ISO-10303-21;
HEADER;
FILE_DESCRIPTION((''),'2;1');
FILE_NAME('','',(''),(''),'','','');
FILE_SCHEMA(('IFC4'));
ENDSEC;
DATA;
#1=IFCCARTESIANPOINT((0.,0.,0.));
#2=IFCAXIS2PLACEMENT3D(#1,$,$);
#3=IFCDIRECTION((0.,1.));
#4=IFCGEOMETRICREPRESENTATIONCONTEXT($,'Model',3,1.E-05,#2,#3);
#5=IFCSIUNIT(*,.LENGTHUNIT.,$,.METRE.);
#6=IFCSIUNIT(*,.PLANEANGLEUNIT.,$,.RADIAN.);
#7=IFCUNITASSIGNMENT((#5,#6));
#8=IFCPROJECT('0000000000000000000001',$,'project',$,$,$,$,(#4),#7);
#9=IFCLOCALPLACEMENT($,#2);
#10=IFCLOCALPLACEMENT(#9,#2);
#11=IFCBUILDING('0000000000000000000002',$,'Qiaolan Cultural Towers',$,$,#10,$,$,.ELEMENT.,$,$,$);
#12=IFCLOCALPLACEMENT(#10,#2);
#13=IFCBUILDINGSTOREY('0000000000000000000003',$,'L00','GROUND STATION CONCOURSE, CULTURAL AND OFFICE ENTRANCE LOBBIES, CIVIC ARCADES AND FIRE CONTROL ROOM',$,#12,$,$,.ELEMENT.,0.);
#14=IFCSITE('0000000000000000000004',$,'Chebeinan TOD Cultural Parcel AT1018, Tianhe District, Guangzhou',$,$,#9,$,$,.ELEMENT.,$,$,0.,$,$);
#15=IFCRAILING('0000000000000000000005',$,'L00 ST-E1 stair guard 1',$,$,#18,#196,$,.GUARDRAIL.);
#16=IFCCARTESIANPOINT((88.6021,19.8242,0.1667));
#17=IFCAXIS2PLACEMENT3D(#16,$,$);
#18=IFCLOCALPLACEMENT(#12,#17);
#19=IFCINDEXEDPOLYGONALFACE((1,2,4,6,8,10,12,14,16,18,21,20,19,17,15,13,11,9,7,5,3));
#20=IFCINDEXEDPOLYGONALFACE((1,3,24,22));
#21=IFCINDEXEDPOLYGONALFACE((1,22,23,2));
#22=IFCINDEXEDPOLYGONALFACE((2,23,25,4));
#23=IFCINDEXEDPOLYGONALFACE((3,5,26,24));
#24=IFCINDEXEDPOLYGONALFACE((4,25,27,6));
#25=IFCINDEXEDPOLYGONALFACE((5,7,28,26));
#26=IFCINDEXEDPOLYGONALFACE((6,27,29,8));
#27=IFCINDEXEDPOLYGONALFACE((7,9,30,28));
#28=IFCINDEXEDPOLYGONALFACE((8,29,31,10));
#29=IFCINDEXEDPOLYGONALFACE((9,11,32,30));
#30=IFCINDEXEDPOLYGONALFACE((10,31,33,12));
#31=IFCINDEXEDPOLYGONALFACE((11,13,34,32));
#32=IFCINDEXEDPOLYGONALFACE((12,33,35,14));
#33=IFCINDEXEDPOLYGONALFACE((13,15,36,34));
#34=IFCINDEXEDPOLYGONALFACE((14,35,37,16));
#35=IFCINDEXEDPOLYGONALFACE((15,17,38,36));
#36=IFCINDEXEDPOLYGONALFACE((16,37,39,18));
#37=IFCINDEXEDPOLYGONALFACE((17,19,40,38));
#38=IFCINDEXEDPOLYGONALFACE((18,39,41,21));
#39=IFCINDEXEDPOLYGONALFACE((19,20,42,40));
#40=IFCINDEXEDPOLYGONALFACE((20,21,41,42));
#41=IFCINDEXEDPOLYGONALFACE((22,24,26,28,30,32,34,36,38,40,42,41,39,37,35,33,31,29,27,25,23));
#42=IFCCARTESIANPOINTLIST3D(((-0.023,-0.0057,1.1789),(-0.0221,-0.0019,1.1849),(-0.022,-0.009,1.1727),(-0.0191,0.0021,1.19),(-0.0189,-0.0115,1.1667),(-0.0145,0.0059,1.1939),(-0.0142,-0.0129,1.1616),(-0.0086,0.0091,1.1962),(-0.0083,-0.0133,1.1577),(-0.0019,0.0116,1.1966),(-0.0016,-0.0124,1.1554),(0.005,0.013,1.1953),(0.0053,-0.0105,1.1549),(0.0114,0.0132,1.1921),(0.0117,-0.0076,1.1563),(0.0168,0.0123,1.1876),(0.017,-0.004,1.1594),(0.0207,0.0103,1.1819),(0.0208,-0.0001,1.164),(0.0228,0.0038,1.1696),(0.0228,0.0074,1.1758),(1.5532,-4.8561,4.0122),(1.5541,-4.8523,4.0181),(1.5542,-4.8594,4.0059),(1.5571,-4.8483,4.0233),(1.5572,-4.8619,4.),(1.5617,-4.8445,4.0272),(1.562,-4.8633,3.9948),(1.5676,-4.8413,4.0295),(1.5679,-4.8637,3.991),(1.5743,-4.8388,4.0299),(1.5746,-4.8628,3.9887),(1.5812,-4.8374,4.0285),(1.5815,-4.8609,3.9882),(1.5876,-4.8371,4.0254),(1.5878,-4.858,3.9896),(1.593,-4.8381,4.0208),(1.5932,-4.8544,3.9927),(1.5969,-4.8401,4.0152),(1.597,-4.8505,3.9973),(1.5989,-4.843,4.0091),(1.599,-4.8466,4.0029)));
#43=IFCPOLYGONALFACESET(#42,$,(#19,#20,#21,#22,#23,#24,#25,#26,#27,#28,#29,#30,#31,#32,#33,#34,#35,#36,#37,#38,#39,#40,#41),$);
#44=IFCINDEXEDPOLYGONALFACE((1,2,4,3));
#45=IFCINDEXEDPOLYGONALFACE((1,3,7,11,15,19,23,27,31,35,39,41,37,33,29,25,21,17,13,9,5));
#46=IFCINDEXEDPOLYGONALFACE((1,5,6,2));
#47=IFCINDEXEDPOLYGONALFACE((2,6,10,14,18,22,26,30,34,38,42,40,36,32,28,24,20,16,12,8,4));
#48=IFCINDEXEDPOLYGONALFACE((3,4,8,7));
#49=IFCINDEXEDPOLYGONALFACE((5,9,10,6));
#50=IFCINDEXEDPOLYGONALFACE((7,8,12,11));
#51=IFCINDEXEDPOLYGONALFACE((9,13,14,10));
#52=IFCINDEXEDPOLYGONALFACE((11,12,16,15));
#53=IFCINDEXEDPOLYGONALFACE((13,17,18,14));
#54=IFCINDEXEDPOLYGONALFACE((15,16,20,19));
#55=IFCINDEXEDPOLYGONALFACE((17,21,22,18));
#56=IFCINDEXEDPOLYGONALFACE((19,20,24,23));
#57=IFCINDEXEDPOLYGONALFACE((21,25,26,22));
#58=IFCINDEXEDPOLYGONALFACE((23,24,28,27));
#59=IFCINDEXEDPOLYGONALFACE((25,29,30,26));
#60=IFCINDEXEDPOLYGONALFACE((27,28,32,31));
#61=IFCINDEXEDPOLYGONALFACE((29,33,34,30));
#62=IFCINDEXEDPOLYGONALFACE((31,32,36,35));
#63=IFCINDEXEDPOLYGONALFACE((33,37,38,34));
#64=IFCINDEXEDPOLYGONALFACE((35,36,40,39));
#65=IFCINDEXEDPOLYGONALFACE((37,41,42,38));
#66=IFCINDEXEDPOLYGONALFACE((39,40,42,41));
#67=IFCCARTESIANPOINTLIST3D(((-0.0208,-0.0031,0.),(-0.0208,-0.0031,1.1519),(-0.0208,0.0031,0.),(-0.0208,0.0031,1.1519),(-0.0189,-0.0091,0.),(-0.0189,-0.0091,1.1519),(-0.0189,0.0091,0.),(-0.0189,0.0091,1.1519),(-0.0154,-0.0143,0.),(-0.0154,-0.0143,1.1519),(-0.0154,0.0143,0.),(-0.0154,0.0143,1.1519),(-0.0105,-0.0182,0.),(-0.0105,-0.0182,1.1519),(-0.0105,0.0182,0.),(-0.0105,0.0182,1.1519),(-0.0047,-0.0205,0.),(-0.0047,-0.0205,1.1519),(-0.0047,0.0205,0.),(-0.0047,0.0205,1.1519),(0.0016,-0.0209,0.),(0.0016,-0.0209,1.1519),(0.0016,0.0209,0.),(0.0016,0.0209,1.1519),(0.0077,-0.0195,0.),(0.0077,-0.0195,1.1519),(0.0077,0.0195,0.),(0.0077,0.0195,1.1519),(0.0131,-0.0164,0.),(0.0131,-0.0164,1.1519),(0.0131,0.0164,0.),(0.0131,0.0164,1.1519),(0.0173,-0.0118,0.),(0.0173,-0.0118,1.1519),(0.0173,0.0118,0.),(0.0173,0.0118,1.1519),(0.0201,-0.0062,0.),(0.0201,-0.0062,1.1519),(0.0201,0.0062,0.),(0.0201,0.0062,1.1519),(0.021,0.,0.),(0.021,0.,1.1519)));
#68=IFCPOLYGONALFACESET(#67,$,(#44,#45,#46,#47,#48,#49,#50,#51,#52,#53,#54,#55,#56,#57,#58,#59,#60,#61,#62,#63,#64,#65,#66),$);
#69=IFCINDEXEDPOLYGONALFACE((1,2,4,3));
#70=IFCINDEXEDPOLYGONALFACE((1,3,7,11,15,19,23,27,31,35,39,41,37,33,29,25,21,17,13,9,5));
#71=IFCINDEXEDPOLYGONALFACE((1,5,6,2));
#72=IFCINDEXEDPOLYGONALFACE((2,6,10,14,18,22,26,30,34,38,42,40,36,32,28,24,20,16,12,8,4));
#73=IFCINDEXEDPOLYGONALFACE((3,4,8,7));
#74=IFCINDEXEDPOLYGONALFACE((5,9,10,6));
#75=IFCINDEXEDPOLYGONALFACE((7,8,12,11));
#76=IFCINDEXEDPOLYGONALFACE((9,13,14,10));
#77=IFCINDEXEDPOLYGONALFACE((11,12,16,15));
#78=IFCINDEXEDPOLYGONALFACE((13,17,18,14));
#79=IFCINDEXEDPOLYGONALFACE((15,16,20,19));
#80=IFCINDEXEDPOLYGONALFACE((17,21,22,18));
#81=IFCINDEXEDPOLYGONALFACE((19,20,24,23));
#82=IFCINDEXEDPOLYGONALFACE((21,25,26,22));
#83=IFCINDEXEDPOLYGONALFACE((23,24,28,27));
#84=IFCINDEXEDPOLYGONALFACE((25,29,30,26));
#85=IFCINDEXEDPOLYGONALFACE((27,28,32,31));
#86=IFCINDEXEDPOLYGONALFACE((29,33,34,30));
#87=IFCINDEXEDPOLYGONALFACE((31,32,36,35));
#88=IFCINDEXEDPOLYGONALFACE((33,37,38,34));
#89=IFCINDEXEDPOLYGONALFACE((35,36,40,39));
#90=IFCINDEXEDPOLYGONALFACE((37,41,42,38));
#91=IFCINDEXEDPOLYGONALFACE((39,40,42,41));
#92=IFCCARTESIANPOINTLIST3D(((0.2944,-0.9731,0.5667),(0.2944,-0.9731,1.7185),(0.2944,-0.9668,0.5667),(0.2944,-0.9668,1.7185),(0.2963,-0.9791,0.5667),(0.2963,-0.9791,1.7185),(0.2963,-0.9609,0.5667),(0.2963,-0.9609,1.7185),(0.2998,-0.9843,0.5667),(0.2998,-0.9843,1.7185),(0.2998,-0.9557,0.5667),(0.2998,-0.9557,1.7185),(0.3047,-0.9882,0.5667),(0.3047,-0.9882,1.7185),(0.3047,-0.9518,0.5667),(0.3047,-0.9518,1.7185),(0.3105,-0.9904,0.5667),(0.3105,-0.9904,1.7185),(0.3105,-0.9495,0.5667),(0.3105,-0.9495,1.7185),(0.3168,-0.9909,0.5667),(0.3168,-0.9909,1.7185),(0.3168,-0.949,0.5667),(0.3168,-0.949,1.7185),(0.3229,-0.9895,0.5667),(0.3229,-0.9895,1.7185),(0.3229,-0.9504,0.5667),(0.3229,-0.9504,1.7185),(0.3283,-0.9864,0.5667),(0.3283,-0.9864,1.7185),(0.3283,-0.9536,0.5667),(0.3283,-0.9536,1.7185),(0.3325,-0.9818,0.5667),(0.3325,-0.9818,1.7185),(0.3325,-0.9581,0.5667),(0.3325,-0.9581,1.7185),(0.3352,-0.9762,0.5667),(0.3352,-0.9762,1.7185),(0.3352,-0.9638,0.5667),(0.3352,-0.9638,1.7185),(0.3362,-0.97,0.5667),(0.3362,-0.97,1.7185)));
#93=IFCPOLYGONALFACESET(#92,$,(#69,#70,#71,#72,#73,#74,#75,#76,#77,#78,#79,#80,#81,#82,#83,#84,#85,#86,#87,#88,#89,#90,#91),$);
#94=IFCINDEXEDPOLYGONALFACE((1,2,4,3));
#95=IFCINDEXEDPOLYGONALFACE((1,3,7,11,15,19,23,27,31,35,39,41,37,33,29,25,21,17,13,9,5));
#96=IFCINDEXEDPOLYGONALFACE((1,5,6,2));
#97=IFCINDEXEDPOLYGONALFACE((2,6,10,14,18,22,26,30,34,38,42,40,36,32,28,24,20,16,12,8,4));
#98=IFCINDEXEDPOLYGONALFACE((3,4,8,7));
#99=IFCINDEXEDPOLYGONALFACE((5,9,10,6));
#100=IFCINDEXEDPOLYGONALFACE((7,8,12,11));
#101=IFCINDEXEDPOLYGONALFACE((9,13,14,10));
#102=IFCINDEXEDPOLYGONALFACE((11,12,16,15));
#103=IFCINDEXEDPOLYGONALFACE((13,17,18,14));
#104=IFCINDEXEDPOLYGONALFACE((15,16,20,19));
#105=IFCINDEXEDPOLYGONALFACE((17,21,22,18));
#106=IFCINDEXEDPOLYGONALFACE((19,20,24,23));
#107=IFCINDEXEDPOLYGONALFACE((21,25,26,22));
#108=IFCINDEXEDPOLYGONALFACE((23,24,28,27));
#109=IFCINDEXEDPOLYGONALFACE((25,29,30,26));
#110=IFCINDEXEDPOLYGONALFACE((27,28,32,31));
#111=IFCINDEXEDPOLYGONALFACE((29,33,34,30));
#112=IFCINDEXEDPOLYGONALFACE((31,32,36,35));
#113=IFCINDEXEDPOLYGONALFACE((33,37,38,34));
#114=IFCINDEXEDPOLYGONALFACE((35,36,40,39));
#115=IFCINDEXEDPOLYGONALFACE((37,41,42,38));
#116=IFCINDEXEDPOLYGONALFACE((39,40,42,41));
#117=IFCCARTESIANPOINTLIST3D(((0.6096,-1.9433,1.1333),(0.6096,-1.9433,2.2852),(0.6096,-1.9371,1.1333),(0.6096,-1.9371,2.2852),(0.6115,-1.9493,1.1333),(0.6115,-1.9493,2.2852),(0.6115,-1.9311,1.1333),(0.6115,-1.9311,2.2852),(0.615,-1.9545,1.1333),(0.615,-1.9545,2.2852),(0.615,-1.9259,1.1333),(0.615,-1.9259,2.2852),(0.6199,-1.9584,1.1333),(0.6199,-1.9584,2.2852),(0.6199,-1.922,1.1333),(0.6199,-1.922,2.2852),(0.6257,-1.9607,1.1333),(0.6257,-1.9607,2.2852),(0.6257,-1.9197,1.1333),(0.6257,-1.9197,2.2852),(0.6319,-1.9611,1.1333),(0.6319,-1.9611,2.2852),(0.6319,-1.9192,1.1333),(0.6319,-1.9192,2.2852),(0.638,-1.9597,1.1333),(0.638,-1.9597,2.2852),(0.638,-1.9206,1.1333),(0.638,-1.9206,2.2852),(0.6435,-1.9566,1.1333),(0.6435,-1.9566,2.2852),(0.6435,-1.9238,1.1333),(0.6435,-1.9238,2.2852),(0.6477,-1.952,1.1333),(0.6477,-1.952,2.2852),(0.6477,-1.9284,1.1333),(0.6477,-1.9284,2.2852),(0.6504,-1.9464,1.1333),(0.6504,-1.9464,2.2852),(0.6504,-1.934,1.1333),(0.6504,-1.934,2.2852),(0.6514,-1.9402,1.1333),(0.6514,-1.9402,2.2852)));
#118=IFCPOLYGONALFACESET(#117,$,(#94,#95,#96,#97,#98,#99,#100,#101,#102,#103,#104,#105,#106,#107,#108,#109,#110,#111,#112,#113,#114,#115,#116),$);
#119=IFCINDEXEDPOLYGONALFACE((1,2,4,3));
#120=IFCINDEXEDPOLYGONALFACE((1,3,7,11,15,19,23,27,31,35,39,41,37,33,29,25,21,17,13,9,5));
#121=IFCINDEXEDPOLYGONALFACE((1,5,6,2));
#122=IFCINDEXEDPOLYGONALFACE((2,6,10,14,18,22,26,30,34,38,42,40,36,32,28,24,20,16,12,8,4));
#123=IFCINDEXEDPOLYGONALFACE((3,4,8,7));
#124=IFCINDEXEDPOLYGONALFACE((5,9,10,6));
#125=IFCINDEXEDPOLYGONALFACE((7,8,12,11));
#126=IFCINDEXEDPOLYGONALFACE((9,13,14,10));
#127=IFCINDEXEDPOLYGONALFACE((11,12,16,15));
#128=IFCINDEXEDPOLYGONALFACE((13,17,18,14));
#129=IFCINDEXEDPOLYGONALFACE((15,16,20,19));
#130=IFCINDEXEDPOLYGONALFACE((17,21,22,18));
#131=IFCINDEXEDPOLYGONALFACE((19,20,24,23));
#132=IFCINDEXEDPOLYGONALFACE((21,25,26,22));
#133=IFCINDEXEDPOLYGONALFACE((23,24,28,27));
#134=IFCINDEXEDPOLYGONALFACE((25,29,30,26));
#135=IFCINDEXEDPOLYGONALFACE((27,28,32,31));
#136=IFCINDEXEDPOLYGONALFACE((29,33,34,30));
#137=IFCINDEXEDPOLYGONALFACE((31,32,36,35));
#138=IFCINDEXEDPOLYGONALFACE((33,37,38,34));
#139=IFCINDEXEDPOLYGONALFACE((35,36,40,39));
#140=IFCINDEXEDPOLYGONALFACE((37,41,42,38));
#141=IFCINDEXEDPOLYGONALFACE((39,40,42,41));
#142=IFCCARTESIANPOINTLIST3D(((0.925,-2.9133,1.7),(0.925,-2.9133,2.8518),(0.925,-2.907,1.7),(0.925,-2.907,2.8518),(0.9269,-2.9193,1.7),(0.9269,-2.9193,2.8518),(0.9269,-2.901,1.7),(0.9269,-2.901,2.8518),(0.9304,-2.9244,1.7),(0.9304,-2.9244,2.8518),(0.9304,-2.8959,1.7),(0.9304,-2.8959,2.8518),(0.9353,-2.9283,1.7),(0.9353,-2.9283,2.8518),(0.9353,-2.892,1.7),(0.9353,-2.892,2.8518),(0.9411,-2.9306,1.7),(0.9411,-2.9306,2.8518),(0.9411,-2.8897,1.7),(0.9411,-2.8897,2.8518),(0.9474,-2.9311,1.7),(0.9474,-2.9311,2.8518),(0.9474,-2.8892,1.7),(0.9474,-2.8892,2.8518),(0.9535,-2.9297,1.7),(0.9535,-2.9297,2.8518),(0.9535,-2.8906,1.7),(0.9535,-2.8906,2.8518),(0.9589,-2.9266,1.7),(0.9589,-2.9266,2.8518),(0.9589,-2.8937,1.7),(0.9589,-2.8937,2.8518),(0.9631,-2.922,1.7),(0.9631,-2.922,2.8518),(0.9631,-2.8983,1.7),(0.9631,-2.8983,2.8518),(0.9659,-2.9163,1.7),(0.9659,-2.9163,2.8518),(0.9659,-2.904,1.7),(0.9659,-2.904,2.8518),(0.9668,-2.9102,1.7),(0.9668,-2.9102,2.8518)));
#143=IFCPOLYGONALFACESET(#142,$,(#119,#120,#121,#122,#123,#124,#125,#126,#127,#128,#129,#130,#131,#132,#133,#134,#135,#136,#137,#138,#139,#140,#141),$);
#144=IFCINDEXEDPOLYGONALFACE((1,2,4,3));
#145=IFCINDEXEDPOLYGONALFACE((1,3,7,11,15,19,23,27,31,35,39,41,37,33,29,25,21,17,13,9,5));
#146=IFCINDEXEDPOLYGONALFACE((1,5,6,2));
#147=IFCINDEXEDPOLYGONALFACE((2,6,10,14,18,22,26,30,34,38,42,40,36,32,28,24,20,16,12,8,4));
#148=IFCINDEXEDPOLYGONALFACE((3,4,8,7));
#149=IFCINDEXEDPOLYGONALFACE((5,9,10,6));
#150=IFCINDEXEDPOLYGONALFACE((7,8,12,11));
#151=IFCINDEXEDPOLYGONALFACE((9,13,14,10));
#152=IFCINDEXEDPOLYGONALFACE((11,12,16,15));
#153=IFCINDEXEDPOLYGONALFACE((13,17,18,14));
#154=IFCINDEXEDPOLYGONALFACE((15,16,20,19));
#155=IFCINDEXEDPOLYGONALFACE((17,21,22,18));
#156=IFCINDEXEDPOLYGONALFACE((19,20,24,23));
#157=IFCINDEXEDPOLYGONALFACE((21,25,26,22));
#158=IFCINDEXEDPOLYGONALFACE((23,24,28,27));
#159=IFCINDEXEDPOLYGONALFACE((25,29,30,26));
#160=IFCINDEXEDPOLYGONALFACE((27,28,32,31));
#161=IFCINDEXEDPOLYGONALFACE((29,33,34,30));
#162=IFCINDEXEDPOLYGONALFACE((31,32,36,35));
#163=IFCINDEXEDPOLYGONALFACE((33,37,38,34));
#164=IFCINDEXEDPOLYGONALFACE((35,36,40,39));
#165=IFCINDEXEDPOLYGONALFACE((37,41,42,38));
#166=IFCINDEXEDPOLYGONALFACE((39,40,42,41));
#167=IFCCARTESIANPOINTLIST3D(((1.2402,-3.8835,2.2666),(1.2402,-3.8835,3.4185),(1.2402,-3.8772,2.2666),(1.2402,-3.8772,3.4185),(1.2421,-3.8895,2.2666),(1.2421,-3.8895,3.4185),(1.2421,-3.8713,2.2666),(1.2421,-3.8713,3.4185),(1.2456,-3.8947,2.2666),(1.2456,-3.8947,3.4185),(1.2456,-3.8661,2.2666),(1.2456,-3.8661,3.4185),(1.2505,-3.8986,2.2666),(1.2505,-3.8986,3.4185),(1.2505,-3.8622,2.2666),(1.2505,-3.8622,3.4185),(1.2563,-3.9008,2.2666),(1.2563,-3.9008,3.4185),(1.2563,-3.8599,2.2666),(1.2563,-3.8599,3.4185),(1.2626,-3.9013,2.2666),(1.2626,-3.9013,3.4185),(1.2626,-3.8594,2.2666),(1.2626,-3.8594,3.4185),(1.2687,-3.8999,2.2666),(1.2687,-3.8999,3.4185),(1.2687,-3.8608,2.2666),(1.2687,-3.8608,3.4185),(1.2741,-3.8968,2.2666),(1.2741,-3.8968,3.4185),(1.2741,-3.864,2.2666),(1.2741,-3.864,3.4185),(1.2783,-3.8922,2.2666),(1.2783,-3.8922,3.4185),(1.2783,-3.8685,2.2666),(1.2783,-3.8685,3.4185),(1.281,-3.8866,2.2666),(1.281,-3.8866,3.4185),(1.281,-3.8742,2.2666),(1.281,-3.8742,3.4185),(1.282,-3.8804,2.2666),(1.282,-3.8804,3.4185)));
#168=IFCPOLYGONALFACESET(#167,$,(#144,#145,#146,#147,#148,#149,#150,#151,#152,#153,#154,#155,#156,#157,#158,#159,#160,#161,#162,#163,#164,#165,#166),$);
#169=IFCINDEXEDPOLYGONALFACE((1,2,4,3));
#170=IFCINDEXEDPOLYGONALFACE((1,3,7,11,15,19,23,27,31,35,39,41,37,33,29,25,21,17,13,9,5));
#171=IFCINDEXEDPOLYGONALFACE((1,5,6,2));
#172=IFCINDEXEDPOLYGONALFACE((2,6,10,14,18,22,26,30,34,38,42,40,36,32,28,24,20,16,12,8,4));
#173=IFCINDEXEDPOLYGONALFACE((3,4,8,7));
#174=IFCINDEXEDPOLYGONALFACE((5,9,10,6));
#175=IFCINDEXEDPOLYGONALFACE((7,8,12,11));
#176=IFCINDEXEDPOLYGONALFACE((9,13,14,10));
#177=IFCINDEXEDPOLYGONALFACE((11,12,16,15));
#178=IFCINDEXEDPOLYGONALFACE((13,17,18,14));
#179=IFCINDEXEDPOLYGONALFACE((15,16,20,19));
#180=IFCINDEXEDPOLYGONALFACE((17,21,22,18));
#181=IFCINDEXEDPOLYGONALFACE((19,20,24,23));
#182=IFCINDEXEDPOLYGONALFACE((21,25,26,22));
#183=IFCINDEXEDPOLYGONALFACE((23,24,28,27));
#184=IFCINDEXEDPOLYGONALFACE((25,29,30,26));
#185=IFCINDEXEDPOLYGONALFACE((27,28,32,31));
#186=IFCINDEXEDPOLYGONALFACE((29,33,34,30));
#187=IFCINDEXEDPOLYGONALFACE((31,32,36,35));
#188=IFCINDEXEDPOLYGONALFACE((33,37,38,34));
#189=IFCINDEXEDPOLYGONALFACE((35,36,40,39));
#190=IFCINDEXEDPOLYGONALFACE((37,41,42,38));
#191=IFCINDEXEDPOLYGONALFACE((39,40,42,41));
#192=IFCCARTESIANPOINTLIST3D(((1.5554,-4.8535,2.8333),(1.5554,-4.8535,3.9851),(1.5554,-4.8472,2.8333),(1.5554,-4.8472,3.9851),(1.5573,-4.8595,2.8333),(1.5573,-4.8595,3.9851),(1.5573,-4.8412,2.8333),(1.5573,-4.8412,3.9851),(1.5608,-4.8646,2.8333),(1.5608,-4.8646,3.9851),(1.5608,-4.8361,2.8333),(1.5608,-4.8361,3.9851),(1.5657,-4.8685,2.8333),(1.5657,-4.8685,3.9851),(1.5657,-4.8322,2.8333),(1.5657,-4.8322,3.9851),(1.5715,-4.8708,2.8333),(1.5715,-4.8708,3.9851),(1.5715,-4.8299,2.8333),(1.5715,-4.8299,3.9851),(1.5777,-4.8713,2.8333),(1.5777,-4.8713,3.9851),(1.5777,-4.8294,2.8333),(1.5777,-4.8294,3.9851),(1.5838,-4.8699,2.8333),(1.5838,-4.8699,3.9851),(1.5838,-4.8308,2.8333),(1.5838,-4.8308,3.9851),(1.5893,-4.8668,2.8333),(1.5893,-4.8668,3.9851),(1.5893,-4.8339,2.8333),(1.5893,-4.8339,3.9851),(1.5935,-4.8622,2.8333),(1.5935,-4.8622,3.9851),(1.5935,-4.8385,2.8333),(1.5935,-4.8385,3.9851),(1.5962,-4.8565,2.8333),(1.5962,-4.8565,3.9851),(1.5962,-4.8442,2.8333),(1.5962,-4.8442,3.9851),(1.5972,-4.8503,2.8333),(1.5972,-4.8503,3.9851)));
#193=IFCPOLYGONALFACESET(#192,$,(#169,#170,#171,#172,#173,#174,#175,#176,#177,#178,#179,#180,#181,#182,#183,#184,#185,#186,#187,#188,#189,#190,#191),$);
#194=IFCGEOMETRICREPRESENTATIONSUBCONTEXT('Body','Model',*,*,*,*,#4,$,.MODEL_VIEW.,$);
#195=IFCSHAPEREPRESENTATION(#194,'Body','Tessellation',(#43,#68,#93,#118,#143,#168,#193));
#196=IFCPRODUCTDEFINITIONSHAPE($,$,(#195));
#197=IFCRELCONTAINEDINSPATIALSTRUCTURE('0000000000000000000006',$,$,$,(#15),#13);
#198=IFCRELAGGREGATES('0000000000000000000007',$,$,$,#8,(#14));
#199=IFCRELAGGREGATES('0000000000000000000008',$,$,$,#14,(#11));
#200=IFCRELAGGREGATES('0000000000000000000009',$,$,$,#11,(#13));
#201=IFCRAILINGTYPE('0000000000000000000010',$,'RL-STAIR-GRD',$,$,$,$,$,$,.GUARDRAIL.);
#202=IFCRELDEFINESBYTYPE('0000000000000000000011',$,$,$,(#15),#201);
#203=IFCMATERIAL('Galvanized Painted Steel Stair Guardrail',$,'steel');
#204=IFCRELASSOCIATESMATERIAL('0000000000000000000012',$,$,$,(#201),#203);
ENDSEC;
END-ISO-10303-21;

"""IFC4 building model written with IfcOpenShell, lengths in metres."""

from ifc_helpers import new_model, si_unit, direction, frame, origin, origin_2d, place, context, subcontext, project, spatial, circle, extrude, material, type_object, element, save


model = new_model("IFC4")

# Units and contexts
model_context = context("Model", 3, precision=1e-05, world=origin(), true_north=direction((0.0, 1.0)))
body_context = subcontext(model_context, "Body", "Model", "MODEL_VIEW")
ifc_project = project(units=[si_unit("LENGTHUNIT", "METRE"), si_unit("PLANEANGLEUNIT", "RADIAN")], contexts=[model_context])

# Site, building, storey
site_placement = place(None, origin())
site = spatial("IfcSite", under=ifc_project, at=site_placement, Name="Chebeinan TOD Cultural Parcel AT1018, Tianhe District, Guangzhou", CompositionType="ELEMENT", RefElevation=0.0)
building_placement = place(site_placement, origin())
building = spatial("IfcBuilding", under=site, at=building_placement, Name="Qiaolan Cultural Towers", CompositionType="ELEMENT")
storey_placement = place(building_placement, origin())
storey = spatial("IfcBuildingStorey", under=building, at=storey_placement, Name="L00", Description="GROUND STATION CONCOURSE, CULTURAL AND OFFICE ENTRANCE LOBBIES, CIVIC ARCADES AND FIRE CONTROL ROOM", CompositionType="ELEMENT", Elevation=0.0)

# Railing
ifc_material_1 = material(Name="Galvanized Painted Steel Stair Guardrail", Category="steel")
railing_type = type_object("IfcRailingType", Name="RL-STAIR-GRD", PredefinedType="GUARDRAIL", material=ifc_material_1)
railing_1_placement = place(storey_placement, frame((88.6021, 19.8242, 0.1667)))
element("IfcRailing", 1, at=railing_1_placement, inside=storey, type_object=railing_type, Name="L00 ST-E1 stair guard 1", PredefinedType="GUARDRAIL", context=body_context, shape_type="SweptSolid", body=[
    extrude(circle(Radius=0.0239, at=origin_2d()), frame((0.0, 0.0, 1.1758), z_axis=(0.270162, -0.831369, 0.485631), x_axis=(0.951045, 0.309053, 0.0)), (0.0, 0.0, 1.0), 5.8342),
    extrude(circle(Radius=0.021, at=origin_2d()), origin(), (0.0, 0.0, 1.0), 1.1519),
    extrude(circle(Radius=0.021, at=origin_2d()), frame((0.3152, -0.97, 0.5667)), (0.0, 0.0, 1.0), 1.1519),
    extrude(circle(Radius=0.021, at=origin_2d()), frame((0.6304, -1.9402, 1.1333)), (0.0, 0.0, 1.0), 1.1519),
    extrude(circle(Radius=0.021, at=origin_2d()), frame((0.9458, -2.9102, 1.7)), (0.0, 0.0, 1.0), 1.1519),
    extrude(circle(Radius=0.021, at=origin_2d()), frame((1.261, -3.8804, 2.2666)), (0.0, 0.0, 1.0), 1.1519),
    extrude(circle(Radius=0.021, at=origin_2d()), frame((1.5762, -4.8503, 2.8333)), (0.0, 0.0, 1.0), 1.1519),
])

save(model, "model.ifc")
